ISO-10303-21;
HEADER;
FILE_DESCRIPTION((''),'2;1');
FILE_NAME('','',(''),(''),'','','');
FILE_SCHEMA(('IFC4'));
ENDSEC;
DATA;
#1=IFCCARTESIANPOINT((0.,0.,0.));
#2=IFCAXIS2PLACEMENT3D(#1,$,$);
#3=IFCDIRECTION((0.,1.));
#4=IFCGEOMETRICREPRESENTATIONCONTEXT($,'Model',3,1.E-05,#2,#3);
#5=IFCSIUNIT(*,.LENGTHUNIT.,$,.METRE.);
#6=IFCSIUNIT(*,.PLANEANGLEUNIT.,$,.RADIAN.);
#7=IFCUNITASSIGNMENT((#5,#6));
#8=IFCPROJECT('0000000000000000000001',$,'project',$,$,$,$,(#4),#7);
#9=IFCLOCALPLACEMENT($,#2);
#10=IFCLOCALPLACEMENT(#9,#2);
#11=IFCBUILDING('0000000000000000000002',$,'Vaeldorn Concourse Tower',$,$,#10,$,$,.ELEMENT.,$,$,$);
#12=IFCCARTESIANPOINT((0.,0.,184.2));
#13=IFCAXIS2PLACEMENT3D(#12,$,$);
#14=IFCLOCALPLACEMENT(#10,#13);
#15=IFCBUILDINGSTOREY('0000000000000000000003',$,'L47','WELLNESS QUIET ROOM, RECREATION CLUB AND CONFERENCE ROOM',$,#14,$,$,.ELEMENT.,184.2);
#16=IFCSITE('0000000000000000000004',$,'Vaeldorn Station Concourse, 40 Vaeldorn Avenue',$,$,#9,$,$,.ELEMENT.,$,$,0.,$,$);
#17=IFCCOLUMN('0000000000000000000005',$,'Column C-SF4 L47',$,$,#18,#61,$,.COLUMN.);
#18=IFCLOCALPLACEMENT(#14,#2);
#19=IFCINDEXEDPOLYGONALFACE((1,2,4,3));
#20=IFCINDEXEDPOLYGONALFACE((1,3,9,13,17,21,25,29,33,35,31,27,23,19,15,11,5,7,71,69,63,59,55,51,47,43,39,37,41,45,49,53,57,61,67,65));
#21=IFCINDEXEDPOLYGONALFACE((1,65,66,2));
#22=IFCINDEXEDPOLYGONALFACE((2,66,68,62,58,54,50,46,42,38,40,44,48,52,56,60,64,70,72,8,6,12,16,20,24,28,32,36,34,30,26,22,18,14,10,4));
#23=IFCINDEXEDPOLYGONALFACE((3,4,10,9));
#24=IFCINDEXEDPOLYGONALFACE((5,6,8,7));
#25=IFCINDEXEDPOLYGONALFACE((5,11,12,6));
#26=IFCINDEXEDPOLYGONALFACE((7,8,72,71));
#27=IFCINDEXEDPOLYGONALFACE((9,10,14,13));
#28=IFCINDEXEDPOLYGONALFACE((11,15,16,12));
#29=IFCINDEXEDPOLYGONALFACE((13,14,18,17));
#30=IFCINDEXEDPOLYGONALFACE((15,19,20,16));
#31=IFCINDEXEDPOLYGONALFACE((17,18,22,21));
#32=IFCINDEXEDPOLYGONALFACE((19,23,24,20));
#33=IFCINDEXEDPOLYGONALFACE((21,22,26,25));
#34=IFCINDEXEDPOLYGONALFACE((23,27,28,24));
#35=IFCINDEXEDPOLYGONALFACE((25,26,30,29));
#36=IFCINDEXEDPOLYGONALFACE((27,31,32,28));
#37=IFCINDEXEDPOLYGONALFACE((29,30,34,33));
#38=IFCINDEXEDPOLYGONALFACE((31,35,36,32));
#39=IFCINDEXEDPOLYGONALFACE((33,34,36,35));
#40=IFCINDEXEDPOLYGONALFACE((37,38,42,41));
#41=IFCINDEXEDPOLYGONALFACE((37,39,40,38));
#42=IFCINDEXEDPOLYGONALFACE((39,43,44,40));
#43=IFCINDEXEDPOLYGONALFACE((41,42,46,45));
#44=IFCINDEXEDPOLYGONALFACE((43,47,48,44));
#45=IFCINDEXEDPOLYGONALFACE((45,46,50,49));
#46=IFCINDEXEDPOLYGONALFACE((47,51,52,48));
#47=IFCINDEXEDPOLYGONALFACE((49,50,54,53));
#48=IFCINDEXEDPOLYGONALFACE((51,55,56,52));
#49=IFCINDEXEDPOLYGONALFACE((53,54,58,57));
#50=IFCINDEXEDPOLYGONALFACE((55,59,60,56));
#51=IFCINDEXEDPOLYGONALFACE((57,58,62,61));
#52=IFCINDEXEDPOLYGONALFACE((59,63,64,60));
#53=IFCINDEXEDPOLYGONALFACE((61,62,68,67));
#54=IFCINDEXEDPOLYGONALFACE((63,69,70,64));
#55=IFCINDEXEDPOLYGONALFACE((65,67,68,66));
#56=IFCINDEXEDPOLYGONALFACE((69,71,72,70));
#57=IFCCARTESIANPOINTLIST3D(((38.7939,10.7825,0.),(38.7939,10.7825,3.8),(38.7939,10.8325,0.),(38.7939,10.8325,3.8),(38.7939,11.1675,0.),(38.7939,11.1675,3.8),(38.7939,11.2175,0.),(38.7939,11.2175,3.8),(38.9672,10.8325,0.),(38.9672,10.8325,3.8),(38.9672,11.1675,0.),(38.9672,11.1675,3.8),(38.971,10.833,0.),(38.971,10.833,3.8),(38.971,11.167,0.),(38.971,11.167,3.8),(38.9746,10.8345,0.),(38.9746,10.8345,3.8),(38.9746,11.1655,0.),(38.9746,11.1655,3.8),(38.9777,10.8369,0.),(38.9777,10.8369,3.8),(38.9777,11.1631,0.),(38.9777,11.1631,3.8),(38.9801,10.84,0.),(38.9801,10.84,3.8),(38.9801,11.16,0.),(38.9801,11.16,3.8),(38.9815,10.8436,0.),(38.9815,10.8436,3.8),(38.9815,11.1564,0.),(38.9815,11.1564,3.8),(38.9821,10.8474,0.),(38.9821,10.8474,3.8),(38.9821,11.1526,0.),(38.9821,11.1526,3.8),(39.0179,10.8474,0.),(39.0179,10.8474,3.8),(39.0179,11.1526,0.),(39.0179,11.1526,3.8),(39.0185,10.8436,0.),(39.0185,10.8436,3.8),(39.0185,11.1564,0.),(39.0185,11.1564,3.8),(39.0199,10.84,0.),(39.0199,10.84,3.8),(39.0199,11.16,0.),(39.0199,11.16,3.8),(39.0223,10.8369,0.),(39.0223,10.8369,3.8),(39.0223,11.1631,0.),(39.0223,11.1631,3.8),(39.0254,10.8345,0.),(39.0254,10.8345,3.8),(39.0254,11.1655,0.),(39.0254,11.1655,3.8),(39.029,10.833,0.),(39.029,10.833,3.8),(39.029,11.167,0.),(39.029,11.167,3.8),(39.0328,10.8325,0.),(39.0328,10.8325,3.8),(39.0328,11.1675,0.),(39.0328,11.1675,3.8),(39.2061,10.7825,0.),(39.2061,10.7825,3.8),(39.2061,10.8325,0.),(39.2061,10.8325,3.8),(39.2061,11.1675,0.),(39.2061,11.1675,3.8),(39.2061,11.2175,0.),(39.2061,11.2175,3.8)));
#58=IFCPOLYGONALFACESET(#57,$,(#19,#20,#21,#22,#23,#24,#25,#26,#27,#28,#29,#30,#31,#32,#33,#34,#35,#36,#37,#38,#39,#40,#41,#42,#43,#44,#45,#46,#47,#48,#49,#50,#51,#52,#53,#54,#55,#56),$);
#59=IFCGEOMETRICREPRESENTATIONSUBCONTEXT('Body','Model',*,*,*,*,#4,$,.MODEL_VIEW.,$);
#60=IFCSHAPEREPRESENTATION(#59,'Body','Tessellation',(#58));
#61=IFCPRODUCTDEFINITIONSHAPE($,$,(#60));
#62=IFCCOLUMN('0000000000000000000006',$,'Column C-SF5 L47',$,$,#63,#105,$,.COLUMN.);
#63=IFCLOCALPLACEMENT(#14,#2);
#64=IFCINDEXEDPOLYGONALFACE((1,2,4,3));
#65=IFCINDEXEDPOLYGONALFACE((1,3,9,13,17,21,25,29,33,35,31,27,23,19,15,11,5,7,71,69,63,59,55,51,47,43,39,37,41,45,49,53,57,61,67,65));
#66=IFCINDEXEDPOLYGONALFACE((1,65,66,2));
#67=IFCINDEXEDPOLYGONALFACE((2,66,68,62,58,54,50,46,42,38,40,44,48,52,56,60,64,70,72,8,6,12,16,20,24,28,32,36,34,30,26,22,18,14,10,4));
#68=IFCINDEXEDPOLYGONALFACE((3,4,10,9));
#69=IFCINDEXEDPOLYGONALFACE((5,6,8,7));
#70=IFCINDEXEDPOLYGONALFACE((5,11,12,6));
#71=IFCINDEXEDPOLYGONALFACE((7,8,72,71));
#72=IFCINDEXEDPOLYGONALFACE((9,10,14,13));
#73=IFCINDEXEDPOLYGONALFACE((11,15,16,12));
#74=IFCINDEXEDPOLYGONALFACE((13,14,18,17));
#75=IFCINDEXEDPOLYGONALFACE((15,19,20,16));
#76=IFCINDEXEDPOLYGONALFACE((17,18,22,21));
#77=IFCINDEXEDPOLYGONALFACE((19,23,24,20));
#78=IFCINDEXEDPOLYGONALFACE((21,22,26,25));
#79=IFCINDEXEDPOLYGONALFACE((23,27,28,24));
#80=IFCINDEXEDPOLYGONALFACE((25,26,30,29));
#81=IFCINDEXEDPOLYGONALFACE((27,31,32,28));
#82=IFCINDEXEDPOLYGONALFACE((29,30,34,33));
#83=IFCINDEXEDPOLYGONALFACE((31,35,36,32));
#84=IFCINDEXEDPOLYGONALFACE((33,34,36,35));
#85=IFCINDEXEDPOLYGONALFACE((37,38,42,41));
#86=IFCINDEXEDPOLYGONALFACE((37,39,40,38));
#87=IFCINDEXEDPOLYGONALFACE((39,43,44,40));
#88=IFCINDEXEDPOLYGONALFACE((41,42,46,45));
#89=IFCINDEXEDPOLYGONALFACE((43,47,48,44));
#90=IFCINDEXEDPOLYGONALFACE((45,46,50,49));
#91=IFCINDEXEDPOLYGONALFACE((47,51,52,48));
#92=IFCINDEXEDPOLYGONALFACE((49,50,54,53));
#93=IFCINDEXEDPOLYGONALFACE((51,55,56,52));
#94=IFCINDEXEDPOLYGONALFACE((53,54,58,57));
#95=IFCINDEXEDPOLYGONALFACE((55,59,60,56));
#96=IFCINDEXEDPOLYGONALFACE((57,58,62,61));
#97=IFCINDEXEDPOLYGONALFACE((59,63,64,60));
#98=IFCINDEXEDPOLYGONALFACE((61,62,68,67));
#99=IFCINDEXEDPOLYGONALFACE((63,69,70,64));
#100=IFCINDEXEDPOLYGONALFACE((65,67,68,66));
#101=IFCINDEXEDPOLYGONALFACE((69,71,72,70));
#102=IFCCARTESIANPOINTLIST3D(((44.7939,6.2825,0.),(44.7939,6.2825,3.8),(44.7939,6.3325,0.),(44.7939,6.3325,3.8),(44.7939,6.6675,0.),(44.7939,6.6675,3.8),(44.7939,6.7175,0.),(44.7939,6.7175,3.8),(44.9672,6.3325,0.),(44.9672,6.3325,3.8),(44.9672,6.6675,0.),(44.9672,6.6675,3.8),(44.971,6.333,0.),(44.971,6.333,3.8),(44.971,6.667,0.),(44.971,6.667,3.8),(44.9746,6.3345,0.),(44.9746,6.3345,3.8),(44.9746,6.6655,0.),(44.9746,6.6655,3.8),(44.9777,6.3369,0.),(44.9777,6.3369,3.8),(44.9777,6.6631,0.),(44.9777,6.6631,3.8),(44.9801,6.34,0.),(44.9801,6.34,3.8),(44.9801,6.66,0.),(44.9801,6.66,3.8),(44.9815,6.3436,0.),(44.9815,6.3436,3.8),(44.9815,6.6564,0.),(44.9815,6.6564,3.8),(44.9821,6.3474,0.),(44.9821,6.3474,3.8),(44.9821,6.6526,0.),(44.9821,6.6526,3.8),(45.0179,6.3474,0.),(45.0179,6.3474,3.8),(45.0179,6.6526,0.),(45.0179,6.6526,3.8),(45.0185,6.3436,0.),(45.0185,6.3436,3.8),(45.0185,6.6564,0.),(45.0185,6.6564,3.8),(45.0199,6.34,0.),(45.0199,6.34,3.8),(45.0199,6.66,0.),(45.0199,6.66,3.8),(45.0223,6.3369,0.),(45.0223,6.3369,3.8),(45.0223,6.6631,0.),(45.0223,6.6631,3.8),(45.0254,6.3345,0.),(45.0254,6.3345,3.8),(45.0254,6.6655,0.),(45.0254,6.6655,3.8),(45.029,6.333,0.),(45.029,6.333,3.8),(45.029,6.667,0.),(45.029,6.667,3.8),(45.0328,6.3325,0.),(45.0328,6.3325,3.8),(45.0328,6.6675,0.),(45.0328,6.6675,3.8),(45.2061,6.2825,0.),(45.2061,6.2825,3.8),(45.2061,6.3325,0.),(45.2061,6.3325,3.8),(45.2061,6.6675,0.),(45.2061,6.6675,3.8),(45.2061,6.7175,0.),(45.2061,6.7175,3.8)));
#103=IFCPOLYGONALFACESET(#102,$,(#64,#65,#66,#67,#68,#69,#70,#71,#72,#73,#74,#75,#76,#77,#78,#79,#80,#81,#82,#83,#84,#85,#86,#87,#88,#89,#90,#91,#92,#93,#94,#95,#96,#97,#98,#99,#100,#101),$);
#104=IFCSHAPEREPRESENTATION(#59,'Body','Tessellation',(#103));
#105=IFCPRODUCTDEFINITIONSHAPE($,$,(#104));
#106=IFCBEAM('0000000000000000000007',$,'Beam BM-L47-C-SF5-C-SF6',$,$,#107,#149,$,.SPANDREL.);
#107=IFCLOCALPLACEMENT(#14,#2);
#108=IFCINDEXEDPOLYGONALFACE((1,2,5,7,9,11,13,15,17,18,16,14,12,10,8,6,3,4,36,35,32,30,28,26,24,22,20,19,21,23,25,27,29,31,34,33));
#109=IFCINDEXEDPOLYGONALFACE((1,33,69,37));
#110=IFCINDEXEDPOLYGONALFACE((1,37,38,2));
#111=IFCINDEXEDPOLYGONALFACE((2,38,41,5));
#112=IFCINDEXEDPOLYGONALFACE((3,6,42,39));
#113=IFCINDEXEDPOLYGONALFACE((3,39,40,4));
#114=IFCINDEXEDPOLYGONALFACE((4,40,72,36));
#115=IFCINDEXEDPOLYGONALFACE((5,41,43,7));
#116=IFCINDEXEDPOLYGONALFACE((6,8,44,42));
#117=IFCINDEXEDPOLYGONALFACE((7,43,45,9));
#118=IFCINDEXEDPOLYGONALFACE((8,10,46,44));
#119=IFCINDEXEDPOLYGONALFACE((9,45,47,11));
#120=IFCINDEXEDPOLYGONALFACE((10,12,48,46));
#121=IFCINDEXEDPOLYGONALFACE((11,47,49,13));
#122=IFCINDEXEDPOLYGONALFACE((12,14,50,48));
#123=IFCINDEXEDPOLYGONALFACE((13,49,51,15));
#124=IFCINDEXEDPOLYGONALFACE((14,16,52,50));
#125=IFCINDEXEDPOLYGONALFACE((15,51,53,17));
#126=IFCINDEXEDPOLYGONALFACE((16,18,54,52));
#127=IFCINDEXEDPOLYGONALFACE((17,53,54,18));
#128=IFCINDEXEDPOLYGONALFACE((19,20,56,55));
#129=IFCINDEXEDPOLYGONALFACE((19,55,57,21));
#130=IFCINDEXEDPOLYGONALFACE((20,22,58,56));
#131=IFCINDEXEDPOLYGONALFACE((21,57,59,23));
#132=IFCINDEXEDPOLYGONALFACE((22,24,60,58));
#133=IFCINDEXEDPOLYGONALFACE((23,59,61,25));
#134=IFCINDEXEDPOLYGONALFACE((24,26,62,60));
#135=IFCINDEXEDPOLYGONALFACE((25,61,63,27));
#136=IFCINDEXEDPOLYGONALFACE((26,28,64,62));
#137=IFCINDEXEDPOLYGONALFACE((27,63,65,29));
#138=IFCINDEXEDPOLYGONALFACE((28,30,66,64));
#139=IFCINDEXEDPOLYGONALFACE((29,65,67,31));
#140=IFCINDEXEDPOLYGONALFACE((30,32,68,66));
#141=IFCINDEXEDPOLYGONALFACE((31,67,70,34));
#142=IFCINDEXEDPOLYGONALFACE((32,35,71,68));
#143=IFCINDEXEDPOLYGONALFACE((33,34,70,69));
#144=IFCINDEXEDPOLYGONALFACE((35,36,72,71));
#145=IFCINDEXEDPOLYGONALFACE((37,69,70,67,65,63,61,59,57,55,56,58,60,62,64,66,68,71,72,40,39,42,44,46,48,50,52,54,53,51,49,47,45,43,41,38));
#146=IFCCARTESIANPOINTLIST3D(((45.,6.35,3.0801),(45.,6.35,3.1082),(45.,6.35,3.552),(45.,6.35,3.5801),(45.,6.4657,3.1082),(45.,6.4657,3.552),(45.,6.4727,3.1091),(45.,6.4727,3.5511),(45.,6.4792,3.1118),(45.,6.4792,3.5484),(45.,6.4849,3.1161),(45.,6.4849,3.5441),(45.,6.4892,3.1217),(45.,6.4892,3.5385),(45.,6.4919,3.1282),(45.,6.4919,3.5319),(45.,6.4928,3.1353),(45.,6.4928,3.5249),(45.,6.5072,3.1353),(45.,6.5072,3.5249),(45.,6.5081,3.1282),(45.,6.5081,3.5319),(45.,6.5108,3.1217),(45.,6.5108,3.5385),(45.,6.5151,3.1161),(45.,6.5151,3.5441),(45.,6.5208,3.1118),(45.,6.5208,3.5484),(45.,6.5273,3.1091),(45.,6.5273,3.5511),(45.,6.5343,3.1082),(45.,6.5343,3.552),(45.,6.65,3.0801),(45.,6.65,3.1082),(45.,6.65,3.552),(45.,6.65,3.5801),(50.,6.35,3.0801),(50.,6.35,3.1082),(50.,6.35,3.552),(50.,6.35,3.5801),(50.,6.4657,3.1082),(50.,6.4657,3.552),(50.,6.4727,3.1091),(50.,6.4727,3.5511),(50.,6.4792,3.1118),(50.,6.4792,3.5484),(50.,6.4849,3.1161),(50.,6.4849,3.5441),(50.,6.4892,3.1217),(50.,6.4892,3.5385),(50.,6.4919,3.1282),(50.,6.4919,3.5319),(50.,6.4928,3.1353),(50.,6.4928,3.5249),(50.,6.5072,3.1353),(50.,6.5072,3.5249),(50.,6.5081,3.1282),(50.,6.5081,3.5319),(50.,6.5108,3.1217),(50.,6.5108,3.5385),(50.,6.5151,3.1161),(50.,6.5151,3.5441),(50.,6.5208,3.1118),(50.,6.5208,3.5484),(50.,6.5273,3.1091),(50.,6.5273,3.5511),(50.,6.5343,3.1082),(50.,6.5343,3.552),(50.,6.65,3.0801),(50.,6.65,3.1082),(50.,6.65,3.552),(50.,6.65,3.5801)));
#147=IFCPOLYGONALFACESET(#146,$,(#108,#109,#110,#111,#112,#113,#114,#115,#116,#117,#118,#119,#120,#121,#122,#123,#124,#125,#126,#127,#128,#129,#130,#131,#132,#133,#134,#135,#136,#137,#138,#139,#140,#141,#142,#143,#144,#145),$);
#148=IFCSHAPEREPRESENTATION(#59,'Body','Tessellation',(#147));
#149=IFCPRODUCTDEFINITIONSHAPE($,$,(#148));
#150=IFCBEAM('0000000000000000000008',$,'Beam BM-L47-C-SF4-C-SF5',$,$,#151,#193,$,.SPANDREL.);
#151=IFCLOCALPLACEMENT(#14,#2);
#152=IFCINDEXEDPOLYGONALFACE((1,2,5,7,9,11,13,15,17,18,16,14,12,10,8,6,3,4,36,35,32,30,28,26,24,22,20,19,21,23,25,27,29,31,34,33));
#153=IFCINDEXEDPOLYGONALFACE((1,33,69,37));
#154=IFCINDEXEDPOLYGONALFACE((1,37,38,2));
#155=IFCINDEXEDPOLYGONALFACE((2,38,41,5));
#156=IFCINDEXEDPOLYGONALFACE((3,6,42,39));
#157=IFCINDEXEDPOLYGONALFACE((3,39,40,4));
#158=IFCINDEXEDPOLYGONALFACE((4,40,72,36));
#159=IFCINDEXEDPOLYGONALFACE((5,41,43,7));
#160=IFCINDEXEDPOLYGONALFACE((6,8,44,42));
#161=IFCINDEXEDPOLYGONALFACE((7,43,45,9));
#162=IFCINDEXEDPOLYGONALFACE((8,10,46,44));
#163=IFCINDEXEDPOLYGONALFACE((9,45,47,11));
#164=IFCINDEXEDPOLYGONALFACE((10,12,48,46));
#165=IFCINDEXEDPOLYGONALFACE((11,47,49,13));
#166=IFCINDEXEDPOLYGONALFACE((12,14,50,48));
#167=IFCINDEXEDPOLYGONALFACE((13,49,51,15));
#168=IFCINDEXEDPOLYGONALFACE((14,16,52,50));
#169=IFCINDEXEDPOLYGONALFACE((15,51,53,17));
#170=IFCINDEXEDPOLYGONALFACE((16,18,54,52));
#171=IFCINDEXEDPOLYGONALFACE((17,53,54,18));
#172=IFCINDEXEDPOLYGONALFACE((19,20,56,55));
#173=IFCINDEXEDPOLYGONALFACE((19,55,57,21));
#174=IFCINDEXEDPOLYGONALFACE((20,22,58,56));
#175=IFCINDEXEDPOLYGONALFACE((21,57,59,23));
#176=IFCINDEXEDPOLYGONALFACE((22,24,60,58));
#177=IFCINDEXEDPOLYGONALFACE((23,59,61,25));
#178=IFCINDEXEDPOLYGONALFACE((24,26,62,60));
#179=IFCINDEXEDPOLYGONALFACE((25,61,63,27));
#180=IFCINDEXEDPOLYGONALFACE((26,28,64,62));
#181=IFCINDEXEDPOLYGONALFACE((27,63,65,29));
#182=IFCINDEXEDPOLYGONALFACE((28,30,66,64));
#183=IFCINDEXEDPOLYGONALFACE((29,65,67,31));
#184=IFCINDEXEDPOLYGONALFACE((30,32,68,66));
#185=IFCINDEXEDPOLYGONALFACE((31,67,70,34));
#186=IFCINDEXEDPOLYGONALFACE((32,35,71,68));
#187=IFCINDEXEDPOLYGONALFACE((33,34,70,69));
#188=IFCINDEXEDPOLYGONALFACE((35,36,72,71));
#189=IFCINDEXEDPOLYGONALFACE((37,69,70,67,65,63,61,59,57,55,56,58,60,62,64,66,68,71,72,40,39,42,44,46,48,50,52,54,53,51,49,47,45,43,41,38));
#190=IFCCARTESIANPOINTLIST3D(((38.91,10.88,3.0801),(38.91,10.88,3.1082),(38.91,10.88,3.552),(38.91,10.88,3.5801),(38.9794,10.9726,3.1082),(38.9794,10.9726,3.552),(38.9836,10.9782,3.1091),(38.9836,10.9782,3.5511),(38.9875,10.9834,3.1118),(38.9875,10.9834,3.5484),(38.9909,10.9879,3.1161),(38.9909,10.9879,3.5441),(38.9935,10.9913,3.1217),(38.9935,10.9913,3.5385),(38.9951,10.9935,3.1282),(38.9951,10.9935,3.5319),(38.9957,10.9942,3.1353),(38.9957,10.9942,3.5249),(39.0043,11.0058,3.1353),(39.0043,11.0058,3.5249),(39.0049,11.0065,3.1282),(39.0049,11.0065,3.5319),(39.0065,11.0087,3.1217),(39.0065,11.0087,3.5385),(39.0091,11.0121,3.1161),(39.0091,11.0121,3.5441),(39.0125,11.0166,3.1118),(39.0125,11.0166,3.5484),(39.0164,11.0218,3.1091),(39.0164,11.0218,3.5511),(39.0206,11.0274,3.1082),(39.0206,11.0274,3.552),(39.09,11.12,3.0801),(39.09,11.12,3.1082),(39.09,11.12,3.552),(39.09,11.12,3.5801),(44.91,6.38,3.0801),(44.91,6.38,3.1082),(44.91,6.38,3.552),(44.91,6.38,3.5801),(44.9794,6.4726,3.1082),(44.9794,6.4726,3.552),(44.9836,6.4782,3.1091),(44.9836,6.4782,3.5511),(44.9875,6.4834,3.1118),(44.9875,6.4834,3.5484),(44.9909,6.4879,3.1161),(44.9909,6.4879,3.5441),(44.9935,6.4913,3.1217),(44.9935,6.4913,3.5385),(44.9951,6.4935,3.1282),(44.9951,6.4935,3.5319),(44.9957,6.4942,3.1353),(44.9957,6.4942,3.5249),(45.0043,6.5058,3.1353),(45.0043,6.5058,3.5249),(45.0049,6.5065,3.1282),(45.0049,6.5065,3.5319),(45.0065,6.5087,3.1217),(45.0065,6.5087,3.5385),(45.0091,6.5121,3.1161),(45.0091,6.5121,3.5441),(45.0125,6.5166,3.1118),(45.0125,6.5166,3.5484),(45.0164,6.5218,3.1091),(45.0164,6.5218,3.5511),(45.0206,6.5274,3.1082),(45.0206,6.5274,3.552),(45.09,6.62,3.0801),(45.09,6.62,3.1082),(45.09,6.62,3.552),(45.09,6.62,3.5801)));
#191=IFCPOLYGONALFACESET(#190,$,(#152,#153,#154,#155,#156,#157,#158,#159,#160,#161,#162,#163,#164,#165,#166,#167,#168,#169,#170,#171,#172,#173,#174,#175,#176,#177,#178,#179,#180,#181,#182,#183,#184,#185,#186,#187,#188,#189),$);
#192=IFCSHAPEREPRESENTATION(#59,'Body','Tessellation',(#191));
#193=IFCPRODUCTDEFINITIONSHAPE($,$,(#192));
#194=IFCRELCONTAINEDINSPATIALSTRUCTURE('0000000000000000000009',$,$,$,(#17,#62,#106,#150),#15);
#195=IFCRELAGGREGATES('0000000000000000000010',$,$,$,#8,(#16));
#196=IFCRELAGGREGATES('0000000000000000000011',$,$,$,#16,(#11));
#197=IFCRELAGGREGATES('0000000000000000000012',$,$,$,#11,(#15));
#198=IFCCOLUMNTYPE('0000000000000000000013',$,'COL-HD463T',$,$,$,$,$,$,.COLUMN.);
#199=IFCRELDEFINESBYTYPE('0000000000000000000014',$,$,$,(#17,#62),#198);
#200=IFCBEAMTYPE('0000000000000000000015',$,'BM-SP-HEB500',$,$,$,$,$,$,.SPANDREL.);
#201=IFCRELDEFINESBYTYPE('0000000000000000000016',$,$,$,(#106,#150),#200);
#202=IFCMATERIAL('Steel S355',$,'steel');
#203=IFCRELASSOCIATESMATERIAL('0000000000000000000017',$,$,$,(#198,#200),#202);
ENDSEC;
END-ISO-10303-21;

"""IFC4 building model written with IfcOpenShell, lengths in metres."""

from ifc_helpers import new_model, si_unit, direction, frame, origin, origin_2d, place, context, subcontext, project, spatial, i_section, extrude, source, transform, mapped, material, material_profile, profile_set, type_object, element, save


model = new_model("IFC4")

# Units and contexts
model_context = context("Model", 3, precision=1e-05, world=origin(), true_north=direction((0.0, 1.0)))
body_context = subcontext(model_context, "Body", "Model", "MODEL_VIEW")
ifc_project = project(units=[si_unit("LENGTHUNIT", "METRE"), si_unit("PLANEANGLEUNIT", "RADIAN")], contexts=[model_context])

# Site, building, storey
site_placement = place(None, origin())
site = spatial("IfcSite", under=ifc_project, at=site_placement, Name="Vaeldorn Station Concourse, 40 Vaeldorn Avenue", CompositionType="ELEMENT", RefElevation=0.0)
building_placement = place(site_placement, origin())
building = spatial("IfcBuilding", under=site, at=building_placement, Name="Vaeldorn Concourse Tower", CompositionType="ELEMENT")
storey_placement = place(building_placement, frame((0.0, 0.0, 184.2)))
storey = spatial("IfcBuildingStorey", under=building, at=storey_placement, Name="L47", Description="WELLNESS QUIET ROOM, RECREATION CLUB AND CONFERENCE ROOM", CompositionType="ELEMENT", Elevation=184.2)

# Columns
ifc_material_1 = material(Name="Steel S355", Category="steel")
ifc_material_profile_1 = material_profile(ifc_material_1, i_section(OverallWidth=0.4121, OverallDepth=0.4351, WebThickness=0.0359, FlangeThickness=0.05, FilletRadius=0.0149, at=origin_2d()), Name="HD 400x463")
ifc_profile_set_1 = profile_set([ifc_material_profile_1], Name="Steel S355")
column_type = type_object("IfcColumnType", Name="COL-HD463T", PredefinedType="COLUMN", material=ifc_profile_set_1)
shared_shape_1 = source(origin(), body_context, "Body", "SweptSolid", [
    extrude(i_section(OverallWidth=0.4121, OverallDepth=0.4351, WebThickness=0.0359, FlangeThickness=0.05, FilletRadius=0.0149, at=origin_2d()), origin(), (0.0, 0.0, 1.0), 3.8),
])
for number, where, z_axis, x_axis, name in (
    (1, (39.0, 11.0, 0.0), (0.0, 0.0, 1.0), (1.0, 0.0, 0.0), "Column C-SF4 L47"),
    (2, (45.0, 6.5, 0.0), (0.0, 0.0, 1.0), (1.0, 0.0, 0.0), "Column C-SF5 L47"),
):
    element("IfcColumn", number, at=place(storey_placement, frame(where, z_axis=z_axis, x_axis=x_axis)), inside=storey, type_object=column_type, Name=name, PredefinedType="COLUMN", context=body_context, shape_type="MappedRepresentation", body=[
        mapped(shared_shape_1, transform((0.0, 0.0, 0.0), scale=1.0)),
    ])

# Beams
ifc_material_profile_2 = material_profile(ifc_material_1, i_section(OverallWidth=0.3, OverallDepth=0.5, WebThickness=0.0144, FlangeThickness=0.0281, FilletRadius=0.0271, at=origin_2d()), Name="HEB 500")
ifc_profile_set_2 = profile_set([ifc_material_profile_2], Name="Steel S355")
beam_type_1 = type_object("IfcBeamType", Name="BM-SP-HEB500", PredefinedType="SPANDREL", material=ifc_profile_set_2)
shared_shape_2 = source(origin(), body_context, "Body", "SweptSolid", [
    extrude(i_section(OverallWidth=0.3, OverallDepth=0.5, WebThickness=0.0144, FlangeThickness=0.0281, FilletRadius=0.0271, at=origin_2d()), origin(), (0.0, 0.0, 1.0), 5.0),
])
beam_1_placement = place(storey_placement, frame((45.0, 6.5, 3.3301), z_axis=(1.0, 0.0, 0.0), x_axis=(0.0, 1.0, 0.0)))
element("IfcBeam", 3, at=beam_1_placement, inside=storey, type_object=beam_type_1, Name="Beam BM-L47-C-SF5-C-SF6", PredefinedType="SPANDREL", context=body_context, shape_type="MappedRepresentation", body=[
    mapped(shared_shape_2, transform((0.0, 0.0, 0.0), scale=1.0)),
])
shared_shape_3 = source(origin(), body_context, "Body", "SweptSolid", [
    extrude(i_section(OverallWidth=0.3, OverallDepth=0.5, WebThickness=0.0144, FlangeThickness=0.0281, FilletRadius=0.0271, at=origin_2d()), origin(), (0.0, 0.0, 1.0), 7.5),
])
beam_2_placement = place(storey_placement, frame((39.0, 11.0, 3.3301), z_axis=(0.8, -0.6, 0.0), x_axis=(0.6, 0.8, 0.0)))
element("IfcBeam", 4, at=beam_2_placement, inside=storey, type_object=beam_type_1, Name="Beam BM-L47-C-SF4-C-SF5", PredefinedType="SPANDREL", context=body_context, shape_type="MappedRepresentation", body=[
    mapped(shared_shape_3, transform((0.0, 0.0, 0.0), scale=1.0)),
])

save(model, "model.ifc")
